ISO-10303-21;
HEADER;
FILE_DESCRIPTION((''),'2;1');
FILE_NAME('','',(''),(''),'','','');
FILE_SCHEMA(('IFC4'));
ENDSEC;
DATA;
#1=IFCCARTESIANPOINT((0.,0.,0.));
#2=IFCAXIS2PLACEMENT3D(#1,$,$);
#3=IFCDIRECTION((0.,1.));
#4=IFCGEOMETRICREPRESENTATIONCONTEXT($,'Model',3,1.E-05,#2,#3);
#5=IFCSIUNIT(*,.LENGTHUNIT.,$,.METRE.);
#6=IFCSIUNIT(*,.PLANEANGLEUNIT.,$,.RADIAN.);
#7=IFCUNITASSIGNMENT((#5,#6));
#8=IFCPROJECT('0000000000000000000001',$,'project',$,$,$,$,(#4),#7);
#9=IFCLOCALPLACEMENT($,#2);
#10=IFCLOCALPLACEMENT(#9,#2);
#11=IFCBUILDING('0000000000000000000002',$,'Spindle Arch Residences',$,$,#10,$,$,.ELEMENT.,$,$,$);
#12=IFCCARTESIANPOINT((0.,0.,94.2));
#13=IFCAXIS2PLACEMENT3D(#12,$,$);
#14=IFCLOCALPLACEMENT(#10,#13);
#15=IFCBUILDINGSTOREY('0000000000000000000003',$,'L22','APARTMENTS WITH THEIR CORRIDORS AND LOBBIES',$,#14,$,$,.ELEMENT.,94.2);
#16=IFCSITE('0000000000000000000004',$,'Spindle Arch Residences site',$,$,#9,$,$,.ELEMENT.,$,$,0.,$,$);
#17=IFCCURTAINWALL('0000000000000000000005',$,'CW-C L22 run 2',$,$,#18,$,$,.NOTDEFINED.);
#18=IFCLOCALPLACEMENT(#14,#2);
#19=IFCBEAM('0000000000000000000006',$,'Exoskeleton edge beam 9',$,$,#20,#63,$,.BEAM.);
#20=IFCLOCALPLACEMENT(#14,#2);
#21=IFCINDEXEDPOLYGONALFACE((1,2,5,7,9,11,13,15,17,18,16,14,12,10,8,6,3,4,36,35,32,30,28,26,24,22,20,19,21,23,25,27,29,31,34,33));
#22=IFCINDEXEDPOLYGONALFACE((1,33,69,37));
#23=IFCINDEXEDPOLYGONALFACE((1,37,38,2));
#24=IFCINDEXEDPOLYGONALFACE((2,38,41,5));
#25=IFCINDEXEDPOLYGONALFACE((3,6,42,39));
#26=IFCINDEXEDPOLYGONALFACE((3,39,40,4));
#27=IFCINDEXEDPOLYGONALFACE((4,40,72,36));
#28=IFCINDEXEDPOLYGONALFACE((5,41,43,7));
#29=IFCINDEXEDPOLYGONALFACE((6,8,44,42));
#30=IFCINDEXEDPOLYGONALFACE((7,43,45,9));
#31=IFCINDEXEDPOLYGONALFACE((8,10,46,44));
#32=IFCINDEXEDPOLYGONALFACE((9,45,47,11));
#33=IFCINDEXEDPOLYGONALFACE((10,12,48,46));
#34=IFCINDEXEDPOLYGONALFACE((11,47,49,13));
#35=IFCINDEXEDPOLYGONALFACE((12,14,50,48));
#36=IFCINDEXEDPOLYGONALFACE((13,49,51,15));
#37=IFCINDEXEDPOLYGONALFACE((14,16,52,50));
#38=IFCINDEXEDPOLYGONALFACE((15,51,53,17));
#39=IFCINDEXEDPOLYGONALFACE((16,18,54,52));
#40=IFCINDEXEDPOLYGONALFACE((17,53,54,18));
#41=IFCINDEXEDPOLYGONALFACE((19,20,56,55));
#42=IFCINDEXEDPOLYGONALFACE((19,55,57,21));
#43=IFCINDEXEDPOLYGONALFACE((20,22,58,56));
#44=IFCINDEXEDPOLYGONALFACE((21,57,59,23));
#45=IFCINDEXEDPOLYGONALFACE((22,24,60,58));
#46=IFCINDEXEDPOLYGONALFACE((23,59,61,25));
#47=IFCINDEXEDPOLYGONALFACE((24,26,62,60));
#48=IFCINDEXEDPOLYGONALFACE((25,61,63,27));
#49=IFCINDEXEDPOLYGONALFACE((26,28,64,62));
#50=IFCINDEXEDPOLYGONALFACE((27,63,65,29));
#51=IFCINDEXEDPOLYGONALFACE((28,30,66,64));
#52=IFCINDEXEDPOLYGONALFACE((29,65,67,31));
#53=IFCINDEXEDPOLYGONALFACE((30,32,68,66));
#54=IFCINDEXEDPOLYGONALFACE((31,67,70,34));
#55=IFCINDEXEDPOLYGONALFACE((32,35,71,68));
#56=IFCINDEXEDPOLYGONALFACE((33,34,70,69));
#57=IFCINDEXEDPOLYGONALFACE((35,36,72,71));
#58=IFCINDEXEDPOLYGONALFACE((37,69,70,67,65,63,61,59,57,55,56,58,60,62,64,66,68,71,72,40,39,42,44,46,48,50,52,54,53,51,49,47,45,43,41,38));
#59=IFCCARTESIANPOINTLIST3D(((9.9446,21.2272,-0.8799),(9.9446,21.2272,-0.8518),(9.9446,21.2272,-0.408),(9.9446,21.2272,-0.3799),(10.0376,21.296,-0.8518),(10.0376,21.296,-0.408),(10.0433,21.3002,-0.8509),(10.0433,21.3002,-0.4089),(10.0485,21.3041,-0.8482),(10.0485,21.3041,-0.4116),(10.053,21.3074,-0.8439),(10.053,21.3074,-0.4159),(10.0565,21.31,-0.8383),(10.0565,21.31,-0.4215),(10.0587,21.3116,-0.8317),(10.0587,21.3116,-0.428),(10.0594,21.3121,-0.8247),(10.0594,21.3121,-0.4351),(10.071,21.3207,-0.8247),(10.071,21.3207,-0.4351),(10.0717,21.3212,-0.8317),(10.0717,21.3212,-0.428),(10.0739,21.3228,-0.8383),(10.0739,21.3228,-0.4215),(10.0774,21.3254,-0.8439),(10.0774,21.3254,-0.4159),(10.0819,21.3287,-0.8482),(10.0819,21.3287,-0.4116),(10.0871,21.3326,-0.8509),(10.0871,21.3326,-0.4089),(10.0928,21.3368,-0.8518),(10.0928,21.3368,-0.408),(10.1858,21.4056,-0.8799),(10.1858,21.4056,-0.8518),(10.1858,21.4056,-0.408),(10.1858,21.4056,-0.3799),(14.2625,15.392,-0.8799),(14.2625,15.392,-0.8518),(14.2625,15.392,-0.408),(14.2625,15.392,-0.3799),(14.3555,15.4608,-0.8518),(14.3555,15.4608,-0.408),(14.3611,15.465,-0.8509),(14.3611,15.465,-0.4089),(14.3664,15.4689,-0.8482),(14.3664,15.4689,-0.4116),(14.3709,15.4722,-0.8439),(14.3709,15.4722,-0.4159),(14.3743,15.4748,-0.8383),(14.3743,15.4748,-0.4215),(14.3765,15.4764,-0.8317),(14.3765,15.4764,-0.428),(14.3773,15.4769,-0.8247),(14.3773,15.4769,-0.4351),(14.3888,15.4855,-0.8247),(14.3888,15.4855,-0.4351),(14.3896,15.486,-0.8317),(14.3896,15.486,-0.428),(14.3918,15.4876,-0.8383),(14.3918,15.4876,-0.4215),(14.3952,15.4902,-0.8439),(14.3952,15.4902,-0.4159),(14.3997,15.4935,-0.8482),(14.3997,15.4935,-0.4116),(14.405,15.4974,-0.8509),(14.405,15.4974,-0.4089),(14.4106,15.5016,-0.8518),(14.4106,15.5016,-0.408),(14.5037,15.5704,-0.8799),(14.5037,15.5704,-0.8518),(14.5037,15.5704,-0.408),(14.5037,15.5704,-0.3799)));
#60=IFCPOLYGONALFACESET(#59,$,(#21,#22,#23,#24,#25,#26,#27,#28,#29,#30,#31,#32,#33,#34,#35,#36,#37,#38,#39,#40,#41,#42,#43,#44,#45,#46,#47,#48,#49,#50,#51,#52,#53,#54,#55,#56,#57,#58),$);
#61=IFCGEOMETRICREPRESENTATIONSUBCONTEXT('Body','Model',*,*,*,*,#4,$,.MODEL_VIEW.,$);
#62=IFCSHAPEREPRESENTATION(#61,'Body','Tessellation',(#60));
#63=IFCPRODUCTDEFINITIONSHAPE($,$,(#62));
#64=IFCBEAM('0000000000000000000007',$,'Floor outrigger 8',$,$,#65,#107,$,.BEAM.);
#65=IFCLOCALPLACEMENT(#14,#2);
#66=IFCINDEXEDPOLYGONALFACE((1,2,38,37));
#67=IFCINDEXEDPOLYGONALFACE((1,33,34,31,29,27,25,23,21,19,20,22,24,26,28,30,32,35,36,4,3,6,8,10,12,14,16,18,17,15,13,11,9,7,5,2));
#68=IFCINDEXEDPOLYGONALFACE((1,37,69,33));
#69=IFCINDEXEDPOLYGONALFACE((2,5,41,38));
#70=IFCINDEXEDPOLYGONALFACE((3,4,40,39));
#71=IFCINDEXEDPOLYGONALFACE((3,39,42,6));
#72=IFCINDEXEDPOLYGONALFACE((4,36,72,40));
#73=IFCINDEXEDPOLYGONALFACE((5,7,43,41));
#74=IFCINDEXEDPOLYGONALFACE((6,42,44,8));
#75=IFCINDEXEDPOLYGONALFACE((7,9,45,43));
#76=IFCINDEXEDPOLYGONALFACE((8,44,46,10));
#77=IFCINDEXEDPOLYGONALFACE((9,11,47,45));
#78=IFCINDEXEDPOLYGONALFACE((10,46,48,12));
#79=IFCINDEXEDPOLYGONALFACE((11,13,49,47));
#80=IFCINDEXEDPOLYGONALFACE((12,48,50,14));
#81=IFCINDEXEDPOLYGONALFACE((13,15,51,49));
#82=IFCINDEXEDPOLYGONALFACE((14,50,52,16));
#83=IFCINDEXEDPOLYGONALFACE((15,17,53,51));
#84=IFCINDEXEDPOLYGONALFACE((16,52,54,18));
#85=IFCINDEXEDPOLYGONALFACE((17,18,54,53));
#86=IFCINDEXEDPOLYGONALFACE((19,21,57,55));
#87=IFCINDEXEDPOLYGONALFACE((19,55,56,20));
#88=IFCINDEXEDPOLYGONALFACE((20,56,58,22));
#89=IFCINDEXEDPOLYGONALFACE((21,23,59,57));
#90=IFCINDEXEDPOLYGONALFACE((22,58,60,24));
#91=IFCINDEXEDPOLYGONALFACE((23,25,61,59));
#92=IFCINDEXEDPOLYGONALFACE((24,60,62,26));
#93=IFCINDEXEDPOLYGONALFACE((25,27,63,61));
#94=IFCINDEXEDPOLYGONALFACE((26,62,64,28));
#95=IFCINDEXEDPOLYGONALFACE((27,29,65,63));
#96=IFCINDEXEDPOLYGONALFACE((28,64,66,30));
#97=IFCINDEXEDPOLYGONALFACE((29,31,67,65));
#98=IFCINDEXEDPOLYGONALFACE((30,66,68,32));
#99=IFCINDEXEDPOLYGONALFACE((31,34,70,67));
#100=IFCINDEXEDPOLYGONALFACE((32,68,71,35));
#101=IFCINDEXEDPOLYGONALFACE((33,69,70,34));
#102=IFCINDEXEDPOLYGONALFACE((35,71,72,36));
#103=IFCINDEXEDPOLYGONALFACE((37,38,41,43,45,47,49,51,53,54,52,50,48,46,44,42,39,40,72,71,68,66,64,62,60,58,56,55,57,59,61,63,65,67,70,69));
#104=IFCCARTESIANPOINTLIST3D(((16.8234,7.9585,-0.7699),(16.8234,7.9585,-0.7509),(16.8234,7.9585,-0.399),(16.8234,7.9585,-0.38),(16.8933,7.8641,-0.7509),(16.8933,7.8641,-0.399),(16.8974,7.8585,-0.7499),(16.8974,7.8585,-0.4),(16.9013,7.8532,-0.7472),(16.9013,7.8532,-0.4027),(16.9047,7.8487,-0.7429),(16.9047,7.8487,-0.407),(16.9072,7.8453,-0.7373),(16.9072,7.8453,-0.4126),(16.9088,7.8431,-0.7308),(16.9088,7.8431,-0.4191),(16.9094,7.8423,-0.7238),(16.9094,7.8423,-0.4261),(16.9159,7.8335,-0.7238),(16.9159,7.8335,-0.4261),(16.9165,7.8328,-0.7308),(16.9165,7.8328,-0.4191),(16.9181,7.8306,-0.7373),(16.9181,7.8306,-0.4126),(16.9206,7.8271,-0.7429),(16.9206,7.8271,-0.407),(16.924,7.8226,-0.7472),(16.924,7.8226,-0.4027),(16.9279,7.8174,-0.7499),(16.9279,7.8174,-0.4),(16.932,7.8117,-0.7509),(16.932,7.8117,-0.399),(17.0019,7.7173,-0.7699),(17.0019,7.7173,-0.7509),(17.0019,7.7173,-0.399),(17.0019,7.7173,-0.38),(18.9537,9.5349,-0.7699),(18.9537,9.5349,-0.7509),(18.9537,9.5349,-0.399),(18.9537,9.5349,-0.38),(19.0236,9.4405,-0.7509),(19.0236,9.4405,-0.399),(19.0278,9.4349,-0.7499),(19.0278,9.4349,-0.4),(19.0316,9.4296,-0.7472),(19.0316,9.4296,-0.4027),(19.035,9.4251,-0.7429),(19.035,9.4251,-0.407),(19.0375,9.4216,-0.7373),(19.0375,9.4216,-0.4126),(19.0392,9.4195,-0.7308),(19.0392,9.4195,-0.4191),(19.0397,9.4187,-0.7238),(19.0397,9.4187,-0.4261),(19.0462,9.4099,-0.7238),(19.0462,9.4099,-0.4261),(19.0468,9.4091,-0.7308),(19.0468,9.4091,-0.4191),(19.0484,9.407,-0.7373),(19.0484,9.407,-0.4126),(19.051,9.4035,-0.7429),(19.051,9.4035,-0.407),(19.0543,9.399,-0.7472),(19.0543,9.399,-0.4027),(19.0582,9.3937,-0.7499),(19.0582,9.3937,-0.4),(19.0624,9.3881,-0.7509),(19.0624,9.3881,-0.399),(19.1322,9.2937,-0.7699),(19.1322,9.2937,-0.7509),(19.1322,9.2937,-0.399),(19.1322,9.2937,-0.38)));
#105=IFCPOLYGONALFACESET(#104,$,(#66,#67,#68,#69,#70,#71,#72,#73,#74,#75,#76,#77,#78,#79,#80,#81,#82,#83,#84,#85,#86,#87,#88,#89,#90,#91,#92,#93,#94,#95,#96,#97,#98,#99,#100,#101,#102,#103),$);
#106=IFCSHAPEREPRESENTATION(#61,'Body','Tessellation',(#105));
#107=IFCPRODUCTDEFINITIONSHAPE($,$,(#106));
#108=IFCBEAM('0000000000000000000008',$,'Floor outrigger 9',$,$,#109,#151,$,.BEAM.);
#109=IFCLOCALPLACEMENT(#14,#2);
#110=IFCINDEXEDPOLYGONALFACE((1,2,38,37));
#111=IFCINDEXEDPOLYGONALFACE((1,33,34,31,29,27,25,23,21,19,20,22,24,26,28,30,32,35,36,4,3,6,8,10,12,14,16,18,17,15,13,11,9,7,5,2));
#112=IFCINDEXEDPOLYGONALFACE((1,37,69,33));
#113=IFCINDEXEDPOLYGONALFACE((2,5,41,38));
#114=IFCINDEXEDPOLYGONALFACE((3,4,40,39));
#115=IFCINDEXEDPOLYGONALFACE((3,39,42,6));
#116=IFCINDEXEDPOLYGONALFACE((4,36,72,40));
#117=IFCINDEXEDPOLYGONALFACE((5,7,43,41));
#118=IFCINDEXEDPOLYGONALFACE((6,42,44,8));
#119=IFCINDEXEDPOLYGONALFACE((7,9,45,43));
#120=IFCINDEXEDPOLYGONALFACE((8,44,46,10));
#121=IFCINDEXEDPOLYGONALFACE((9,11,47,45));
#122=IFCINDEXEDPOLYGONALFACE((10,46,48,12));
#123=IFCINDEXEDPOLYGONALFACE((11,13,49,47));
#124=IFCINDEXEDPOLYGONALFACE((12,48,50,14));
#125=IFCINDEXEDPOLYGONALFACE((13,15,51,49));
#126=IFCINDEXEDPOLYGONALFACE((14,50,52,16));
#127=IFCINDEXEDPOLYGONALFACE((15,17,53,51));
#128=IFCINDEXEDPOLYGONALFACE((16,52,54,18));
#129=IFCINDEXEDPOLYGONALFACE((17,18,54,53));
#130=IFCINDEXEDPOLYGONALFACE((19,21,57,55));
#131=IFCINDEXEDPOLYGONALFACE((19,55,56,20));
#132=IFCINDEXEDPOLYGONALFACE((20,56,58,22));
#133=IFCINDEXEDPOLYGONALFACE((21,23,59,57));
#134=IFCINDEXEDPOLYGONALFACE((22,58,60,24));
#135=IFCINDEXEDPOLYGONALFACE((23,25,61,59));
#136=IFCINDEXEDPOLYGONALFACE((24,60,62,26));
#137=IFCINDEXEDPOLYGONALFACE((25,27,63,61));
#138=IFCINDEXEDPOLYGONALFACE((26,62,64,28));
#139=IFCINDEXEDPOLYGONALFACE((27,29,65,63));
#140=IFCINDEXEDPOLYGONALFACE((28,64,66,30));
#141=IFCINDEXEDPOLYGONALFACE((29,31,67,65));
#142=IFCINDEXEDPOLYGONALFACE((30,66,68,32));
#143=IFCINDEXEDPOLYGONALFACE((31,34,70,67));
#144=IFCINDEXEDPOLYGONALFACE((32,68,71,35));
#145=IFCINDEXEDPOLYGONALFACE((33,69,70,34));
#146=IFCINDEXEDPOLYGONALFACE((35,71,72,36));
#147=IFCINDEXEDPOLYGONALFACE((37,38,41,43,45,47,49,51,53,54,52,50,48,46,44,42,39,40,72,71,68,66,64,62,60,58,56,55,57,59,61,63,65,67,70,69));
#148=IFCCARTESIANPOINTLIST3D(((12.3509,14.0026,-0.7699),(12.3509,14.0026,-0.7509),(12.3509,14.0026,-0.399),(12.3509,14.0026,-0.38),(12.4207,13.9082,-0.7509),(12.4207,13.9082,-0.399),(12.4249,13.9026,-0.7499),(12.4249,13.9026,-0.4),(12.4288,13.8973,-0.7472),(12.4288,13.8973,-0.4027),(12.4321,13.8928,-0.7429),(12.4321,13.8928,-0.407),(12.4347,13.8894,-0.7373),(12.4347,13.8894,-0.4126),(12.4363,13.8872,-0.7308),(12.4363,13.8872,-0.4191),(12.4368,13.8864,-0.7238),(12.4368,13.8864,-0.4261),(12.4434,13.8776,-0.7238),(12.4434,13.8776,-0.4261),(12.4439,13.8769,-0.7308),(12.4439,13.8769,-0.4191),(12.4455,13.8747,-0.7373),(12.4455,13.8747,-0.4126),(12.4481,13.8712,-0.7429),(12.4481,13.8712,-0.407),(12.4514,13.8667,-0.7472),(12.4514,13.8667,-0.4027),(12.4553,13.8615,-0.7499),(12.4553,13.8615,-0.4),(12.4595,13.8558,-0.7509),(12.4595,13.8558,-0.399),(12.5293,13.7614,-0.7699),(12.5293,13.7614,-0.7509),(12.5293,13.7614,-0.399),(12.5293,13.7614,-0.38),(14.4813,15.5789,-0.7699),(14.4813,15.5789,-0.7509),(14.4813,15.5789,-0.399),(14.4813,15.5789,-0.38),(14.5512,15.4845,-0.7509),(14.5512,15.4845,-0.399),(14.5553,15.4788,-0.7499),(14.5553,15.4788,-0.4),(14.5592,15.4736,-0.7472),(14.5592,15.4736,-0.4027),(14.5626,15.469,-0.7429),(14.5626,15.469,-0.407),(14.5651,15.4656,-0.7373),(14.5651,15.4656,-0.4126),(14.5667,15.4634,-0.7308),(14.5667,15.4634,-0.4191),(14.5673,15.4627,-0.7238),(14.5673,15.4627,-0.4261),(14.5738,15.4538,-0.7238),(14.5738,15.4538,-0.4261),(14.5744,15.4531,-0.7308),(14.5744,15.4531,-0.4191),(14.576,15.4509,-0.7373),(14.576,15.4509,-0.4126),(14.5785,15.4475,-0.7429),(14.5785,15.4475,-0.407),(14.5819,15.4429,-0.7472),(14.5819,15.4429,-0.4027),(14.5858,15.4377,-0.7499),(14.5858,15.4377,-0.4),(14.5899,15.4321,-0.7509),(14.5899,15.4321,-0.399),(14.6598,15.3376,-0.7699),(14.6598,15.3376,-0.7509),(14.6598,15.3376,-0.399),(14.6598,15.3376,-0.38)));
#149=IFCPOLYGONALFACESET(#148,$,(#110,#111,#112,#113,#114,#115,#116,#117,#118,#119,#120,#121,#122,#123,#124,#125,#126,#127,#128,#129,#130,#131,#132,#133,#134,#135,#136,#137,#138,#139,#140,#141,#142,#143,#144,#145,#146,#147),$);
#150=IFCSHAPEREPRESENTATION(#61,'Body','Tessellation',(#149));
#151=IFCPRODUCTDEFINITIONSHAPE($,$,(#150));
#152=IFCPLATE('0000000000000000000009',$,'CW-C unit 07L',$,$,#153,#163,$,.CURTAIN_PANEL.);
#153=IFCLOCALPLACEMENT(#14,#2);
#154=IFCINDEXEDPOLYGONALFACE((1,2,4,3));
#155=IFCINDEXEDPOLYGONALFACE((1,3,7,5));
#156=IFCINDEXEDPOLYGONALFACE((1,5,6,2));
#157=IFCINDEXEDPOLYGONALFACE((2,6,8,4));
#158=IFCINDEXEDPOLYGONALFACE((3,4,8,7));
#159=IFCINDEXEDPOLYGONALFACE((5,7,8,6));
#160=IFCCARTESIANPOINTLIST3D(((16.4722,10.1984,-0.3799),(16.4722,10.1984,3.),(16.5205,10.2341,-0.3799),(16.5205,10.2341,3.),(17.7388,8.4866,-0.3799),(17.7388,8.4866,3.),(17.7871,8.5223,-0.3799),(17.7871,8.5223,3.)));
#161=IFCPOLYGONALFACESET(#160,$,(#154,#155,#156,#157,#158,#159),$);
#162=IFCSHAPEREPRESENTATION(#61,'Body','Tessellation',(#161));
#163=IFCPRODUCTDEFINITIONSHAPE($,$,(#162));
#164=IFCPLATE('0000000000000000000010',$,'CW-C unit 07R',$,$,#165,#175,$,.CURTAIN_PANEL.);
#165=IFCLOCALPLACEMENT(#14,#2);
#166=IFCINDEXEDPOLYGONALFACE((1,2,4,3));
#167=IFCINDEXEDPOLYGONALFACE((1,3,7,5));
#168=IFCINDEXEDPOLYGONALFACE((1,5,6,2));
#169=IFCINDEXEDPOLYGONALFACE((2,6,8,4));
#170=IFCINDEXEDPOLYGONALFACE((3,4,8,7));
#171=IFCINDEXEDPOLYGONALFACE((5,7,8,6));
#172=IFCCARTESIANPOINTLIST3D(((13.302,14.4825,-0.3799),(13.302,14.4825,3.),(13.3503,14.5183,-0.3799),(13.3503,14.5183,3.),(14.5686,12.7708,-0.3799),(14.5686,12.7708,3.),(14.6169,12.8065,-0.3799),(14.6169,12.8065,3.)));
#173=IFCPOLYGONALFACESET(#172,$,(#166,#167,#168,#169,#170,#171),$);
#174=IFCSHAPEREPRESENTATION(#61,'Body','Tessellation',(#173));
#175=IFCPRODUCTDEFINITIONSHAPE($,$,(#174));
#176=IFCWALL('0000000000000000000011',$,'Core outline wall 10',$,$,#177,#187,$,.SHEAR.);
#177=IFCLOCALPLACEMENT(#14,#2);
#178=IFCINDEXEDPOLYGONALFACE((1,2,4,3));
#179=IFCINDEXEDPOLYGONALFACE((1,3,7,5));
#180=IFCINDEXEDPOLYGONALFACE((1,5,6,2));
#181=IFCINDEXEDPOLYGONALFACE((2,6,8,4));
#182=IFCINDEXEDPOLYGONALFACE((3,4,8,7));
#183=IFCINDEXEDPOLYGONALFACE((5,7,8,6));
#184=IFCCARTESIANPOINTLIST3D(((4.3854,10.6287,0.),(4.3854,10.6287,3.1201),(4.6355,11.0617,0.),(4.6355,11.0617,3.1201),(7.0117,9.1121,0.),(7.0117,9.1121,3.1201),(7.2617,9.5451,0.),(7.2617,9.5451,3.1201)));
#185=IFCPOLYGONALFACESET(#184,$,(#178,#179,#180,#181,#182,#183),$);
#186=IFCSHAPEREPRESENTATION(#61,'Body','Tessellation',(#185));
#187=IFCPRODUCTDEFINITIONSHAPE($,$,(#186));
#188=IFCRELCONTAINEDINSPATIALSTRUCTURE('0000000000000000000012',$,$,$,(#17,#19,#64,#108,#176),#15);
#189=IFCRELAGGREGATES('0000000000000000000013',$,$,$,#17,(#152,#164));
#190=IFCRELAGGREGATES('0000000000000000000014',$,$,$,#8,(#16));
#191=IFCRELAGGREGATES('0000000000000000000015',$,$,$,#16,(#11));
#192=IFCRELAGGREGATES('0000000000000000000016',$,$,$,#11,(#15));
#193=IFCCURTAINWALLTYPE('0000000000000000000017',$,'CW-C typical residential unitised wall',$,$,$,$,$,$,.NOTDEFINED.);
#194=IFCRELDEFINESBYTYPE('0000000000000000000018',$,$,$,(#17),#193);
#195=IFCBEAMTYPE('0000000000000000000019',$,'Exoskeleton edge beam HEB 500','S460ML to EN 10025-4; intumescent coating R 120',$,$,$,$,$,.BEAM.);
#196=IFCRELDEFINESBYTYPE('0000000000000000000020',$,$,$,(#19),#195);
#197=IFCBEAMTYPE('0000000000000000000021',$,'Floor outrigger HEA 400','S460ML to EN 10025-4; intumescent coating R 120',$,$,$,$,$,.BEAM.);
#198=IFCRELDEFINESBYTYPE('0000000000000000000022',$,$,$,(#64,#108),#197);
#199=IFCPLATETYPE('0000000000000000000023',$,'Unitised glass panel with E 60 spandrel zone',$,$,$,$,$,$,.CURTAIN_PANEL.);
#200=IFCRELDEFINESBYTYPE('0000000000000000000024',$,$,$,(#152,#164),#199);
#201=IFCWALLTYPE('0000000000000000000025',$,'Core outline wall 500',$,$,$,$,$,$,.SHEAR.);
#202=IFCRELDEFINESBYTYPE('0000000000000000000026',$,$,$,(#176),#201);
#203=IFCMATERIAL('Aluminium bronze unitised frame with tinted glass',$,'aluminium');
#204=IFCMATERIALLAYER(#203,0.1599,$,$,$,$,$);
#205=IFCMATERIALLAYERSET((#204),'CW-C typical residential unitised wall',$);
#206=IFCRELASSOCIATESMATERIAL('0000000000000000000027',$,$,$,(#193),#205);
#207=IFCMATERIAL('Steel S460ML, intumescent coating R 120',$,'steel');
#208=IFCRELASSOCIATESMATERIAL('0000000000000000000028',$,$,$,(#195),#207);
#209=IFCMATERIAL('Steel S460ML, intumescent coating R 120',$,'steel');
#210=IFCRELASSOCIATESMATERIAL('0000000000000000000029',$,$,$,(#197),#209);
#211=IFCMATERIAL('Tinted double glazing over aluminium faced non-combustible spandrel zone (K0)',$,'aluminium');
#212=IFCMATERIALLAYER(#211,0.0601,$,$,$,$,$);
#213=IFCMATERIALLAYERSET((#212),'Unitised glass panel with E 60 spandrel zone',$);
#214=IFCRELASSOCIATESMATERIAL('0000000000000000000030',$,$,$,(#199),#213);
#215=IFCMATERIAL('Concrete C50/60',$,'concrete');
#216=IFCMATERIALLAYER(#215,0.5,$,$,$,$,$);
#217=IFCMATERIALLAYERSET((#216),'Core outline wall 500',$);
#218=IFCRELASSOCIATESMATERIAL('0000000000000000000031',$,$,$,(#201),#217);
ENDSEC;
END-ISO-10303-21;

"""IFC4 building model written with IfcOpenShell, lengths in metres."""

from ifc_helpers import new_model, si_unit, direction, frame, frame_2d, origin, origin_2d, place, context, subcontext, project, spatial, rectangle, i_section, extrude, material, layer, layer_set, material_profile, profile_set, type_object, element, aggregate, save


model = new_model("IFC4")

# Units and contexts
model_context = context("Model", 3, precision=1e-05, world=origin(), true_north=direction((0.0, 1.0)))
body_context = subcontext(model_context, "Body", "Model", "MODEL_VIEW")
ifc_project = project(units=[si_unit("LENGTHUNIT", "METRE"), si_unit("PLANEANGLEUNIT", "RADIAN")], contexts=[model_context])

# Site, building, storey
site_placement = place(None, origin())
site = spatial("IfcSite", under=ifc_project, at=site_placement, Name="Spindle Arch Residences site", CompositionType="ELEMENT", RefElevation=0.0)
building_placement = place(site_placement, origin())
building = spatial("IfcBuilding", under=site, at=building_placement, Name="Spindle Arch Residences", CompositionType="ELEMENT")
storey_placement = place(building_placement, frame((0.0, 0.0, 94.2)))
storey = spatial("IfcBuildingStorey", under=building, at=storey_placement, Name="L22", Description="APARTMENTS WITH THEIR CORRIDORS AND LOBBIES", CompositionType="ELEMENT", Elevation=94.2)

# Curtain wall
ifc_material_1 = material(Name="Aluminium bronze unitised frame with tinted glass", Category="aluminium")
ifc_layer_1 = layer(ifc_material_1, 0.1599)
ifc_layer_set_1 = layer_set([ifc_layer_1], Name="CW-C typical residential unitised wall")
curtain_wall_type = type_object("IfcCurtainWallType", Name="CW-C typical residential unitised wall", PredefinedType="NOTDEFINED", material=ifc_layer_set_1)
curtain_wall_placement = place(storey_placement, origin())
curtain_wall = element("IfcCurtainWall", 1, at=curtain_wall_placement, inside=storey, type_object=curtain_wall_type, Name="CW-C L22 run 2", PredefinedType="NOTDEFINED")

# Beams
ifc_material_2 = material(Name="Steel S460ML, intumescent coating R 120", Category="steel")
ifc_material_profile_1 = material_profile(ifc_material_2, i_section(OverallWidth=0.3, OverallDepth=0.5, WebThickness=0.0144, FlangeThickness=0.0281, FilletRadius=0.0271, at=origin_2d()), Name="HEB 500")
ifc_profile_set_1 = profile_set([ifc_material_profile_1], Name="Steel S460ML, intumescent coating R 120")
beam_type_1 = type_object("IfcBeamType", Name="Exoskeleton edge beam HEB 500", Description="S460ML to EN 10025-4; intumescent coating R 120", PredefinedType="BEAM", material=ifc_profile_set_1)
beam_1_placement = place(storey_placement, frame((14.3831, 15.4812, -0.6299), z_axis=(-0.594827, 0.803854, 0.0), x_axis=(-0.803854, -0.594827, 0.0)))
element("IfcBeam", 2, at=beam_1_placement, inside=storey, type_object=beam_type_1, Name="Exoskeleton edge beam 9", PredefinedType="BEAM", context=body_context, shape_type="SweptSolid", body=[
    extrude(i_section(OverallWidth=0.3, OverallDepth=0.5, WebThickness=0.0144, FlangeThickness=0.0281, FilletRadius=0.0271, at=origin_2d()), origin(), (0.0, 0.0, 1.0), 7.259),
])
ifc_material_3 = material(Name="Steel S460ML, intumescent coating R 120", Category="steel")
ifc_material_profile_2 = material_profile(ifc_material_3, i_section(OverallWidth=0.3, OverallDepth=0.3899, WebThickness=0.011, FlangeThickness=0.019, FilletRadius=0.0271, at=origin_2d()), Name="HEA 400")
ifc_profile_set_2 = profile_set([ifc_material_profile_2], Name="Steel S460ML, intumescent coating R 120")
beam_type_2 = type_object("IfcBeamType", Name="Floor outrigger HEA 400", Description="S460ML to EN 10025-4; intumescent coating R 120", PredefinedType="BEAM", material=ifc_profile_set_2)
for number, where, z_axis, x_axis, name in (
    (3, (19.043, 9.4143, -0.575), (-0.803852, -0.594829, 0.0), (0.594829, -0.803852, 0.0), "Floor outrigger 8"),
    (4, (14.5706, 15.4583, -0.575), (-0.803897, -0.594769, 0.0), (0.594769, -0.803897, 0.0), "Floor outrigger 9"),
):
    element("IfcBeam", number, at=place(storey_placement, frame(where, z_axis=z_axis, x_axis=x_axis)), inside=storey, type_object=beam_type_2, Name=name, PredefinedType="BEAM", context=body_context, shape_type="SweptSolid", body=[
        extrude(i_section(OverallWidth=0.3, OverallDepth=0.3899, WebThickness=0.011, FlangeThickness=0.019, FilletRadius=0.0271, at=origin_2d()), origin(), (0.0, 0.0, 1.0), 2.6501),
    ])

# Plates
ifc_material_4 = material(Name="Tinted double glazing over aluminium faced non-combustible spandrel zone (K0)", Category="aluminium")
ifc_layer_2 = layer(ifc_material_4, 0.0601)
ifc_layer_set_2 = layer_set([ifc_layer_2], Name="Unitised glass panel with E 60 spandrel zone")
plate_type = type_object("IfcPlateType", Name="Unitised glass panel with E 60 spandrel zone", PredefinedType="CURTAIN_PANEL", material=ifc_layer_set_2)
plate_1_placement = place(storey_placement, frame((17.1296, 9.3604, -0.3799), z_axis=(0.0, 0.0, 1.0), x_axis=(-0.594823, 0.803857, 0.0)))
plate_1 = element("IfcPlate", 5, at=plate_1_placement, type_object=plate_type, Name="CW-C unit 07L", PredefinedType="CURTAIN_PANEL", context=body_context, shape_type="SweptSolid", body=[
    extrude(rectangle(XDim=2.1294, YDim=0.0601, at=origin_2d()), origin(), (0.0, 0.0, 1.0), 3.3799),
])
plate_2_placement = place(storey_placement, frame((13.9595, 13.6445, -0.3799), z_axis=(0.0, 0.0, 1.0), x_axis=(-0.594823, 0.803857, 0.0)))
plate_2 = element("IfcPlate", 6, at=plate_2_placement, type_object=plate_type, Name="CW-C unit 07R", PredefinedType="CURTAIN_PANEL", context=body_context, shape_type="SweptSolid", body=[
    extrude(rectangle(XDim=2.1294, YDim=0.0601, at=origin_2d()), origin(), (0.0, 0.0, 1.0), 3.3799),
])
aggregate(curtain_wall, [plate_1, plate_2])

# Wall
ifc_material_5 = material(Name="Concrete C50/60", Category="concrete")
ifc_layer_3 = layer(ifc_material_5, 0.5)
ifc_layer_set_3 = layer_set([ifc_layer_3], Name="Core outline wall 500")
wall_type_1 = type_object("IfcWallType", Name="Core outline wall 500", PredefinedType="SHEAR", material=ifc_layer_set_3)
wall_1_placement = place(storey_placement, frame((7.1367, 9.3286, 0.0), z_axis=(0.0, 0.0, 1.0), x_axis=(-0.865975, 0.500087, 0.0)))
element("IfcWall", 7, at=wall_1_placement, inside=storey, type_object=wall_type_1, Name="Core outline wall 10", PredefinedType="SHEAR", context=body_context, shape_type="SweptSolid", body=[
    extrude(rectangle(XDim=3.0327, YDim=0.5, at=frame_2d((1.5164, 0.0))), origin(), (0.0, 0.0, 1.0), 3.1201),
])

save(model, "model.ifc")
